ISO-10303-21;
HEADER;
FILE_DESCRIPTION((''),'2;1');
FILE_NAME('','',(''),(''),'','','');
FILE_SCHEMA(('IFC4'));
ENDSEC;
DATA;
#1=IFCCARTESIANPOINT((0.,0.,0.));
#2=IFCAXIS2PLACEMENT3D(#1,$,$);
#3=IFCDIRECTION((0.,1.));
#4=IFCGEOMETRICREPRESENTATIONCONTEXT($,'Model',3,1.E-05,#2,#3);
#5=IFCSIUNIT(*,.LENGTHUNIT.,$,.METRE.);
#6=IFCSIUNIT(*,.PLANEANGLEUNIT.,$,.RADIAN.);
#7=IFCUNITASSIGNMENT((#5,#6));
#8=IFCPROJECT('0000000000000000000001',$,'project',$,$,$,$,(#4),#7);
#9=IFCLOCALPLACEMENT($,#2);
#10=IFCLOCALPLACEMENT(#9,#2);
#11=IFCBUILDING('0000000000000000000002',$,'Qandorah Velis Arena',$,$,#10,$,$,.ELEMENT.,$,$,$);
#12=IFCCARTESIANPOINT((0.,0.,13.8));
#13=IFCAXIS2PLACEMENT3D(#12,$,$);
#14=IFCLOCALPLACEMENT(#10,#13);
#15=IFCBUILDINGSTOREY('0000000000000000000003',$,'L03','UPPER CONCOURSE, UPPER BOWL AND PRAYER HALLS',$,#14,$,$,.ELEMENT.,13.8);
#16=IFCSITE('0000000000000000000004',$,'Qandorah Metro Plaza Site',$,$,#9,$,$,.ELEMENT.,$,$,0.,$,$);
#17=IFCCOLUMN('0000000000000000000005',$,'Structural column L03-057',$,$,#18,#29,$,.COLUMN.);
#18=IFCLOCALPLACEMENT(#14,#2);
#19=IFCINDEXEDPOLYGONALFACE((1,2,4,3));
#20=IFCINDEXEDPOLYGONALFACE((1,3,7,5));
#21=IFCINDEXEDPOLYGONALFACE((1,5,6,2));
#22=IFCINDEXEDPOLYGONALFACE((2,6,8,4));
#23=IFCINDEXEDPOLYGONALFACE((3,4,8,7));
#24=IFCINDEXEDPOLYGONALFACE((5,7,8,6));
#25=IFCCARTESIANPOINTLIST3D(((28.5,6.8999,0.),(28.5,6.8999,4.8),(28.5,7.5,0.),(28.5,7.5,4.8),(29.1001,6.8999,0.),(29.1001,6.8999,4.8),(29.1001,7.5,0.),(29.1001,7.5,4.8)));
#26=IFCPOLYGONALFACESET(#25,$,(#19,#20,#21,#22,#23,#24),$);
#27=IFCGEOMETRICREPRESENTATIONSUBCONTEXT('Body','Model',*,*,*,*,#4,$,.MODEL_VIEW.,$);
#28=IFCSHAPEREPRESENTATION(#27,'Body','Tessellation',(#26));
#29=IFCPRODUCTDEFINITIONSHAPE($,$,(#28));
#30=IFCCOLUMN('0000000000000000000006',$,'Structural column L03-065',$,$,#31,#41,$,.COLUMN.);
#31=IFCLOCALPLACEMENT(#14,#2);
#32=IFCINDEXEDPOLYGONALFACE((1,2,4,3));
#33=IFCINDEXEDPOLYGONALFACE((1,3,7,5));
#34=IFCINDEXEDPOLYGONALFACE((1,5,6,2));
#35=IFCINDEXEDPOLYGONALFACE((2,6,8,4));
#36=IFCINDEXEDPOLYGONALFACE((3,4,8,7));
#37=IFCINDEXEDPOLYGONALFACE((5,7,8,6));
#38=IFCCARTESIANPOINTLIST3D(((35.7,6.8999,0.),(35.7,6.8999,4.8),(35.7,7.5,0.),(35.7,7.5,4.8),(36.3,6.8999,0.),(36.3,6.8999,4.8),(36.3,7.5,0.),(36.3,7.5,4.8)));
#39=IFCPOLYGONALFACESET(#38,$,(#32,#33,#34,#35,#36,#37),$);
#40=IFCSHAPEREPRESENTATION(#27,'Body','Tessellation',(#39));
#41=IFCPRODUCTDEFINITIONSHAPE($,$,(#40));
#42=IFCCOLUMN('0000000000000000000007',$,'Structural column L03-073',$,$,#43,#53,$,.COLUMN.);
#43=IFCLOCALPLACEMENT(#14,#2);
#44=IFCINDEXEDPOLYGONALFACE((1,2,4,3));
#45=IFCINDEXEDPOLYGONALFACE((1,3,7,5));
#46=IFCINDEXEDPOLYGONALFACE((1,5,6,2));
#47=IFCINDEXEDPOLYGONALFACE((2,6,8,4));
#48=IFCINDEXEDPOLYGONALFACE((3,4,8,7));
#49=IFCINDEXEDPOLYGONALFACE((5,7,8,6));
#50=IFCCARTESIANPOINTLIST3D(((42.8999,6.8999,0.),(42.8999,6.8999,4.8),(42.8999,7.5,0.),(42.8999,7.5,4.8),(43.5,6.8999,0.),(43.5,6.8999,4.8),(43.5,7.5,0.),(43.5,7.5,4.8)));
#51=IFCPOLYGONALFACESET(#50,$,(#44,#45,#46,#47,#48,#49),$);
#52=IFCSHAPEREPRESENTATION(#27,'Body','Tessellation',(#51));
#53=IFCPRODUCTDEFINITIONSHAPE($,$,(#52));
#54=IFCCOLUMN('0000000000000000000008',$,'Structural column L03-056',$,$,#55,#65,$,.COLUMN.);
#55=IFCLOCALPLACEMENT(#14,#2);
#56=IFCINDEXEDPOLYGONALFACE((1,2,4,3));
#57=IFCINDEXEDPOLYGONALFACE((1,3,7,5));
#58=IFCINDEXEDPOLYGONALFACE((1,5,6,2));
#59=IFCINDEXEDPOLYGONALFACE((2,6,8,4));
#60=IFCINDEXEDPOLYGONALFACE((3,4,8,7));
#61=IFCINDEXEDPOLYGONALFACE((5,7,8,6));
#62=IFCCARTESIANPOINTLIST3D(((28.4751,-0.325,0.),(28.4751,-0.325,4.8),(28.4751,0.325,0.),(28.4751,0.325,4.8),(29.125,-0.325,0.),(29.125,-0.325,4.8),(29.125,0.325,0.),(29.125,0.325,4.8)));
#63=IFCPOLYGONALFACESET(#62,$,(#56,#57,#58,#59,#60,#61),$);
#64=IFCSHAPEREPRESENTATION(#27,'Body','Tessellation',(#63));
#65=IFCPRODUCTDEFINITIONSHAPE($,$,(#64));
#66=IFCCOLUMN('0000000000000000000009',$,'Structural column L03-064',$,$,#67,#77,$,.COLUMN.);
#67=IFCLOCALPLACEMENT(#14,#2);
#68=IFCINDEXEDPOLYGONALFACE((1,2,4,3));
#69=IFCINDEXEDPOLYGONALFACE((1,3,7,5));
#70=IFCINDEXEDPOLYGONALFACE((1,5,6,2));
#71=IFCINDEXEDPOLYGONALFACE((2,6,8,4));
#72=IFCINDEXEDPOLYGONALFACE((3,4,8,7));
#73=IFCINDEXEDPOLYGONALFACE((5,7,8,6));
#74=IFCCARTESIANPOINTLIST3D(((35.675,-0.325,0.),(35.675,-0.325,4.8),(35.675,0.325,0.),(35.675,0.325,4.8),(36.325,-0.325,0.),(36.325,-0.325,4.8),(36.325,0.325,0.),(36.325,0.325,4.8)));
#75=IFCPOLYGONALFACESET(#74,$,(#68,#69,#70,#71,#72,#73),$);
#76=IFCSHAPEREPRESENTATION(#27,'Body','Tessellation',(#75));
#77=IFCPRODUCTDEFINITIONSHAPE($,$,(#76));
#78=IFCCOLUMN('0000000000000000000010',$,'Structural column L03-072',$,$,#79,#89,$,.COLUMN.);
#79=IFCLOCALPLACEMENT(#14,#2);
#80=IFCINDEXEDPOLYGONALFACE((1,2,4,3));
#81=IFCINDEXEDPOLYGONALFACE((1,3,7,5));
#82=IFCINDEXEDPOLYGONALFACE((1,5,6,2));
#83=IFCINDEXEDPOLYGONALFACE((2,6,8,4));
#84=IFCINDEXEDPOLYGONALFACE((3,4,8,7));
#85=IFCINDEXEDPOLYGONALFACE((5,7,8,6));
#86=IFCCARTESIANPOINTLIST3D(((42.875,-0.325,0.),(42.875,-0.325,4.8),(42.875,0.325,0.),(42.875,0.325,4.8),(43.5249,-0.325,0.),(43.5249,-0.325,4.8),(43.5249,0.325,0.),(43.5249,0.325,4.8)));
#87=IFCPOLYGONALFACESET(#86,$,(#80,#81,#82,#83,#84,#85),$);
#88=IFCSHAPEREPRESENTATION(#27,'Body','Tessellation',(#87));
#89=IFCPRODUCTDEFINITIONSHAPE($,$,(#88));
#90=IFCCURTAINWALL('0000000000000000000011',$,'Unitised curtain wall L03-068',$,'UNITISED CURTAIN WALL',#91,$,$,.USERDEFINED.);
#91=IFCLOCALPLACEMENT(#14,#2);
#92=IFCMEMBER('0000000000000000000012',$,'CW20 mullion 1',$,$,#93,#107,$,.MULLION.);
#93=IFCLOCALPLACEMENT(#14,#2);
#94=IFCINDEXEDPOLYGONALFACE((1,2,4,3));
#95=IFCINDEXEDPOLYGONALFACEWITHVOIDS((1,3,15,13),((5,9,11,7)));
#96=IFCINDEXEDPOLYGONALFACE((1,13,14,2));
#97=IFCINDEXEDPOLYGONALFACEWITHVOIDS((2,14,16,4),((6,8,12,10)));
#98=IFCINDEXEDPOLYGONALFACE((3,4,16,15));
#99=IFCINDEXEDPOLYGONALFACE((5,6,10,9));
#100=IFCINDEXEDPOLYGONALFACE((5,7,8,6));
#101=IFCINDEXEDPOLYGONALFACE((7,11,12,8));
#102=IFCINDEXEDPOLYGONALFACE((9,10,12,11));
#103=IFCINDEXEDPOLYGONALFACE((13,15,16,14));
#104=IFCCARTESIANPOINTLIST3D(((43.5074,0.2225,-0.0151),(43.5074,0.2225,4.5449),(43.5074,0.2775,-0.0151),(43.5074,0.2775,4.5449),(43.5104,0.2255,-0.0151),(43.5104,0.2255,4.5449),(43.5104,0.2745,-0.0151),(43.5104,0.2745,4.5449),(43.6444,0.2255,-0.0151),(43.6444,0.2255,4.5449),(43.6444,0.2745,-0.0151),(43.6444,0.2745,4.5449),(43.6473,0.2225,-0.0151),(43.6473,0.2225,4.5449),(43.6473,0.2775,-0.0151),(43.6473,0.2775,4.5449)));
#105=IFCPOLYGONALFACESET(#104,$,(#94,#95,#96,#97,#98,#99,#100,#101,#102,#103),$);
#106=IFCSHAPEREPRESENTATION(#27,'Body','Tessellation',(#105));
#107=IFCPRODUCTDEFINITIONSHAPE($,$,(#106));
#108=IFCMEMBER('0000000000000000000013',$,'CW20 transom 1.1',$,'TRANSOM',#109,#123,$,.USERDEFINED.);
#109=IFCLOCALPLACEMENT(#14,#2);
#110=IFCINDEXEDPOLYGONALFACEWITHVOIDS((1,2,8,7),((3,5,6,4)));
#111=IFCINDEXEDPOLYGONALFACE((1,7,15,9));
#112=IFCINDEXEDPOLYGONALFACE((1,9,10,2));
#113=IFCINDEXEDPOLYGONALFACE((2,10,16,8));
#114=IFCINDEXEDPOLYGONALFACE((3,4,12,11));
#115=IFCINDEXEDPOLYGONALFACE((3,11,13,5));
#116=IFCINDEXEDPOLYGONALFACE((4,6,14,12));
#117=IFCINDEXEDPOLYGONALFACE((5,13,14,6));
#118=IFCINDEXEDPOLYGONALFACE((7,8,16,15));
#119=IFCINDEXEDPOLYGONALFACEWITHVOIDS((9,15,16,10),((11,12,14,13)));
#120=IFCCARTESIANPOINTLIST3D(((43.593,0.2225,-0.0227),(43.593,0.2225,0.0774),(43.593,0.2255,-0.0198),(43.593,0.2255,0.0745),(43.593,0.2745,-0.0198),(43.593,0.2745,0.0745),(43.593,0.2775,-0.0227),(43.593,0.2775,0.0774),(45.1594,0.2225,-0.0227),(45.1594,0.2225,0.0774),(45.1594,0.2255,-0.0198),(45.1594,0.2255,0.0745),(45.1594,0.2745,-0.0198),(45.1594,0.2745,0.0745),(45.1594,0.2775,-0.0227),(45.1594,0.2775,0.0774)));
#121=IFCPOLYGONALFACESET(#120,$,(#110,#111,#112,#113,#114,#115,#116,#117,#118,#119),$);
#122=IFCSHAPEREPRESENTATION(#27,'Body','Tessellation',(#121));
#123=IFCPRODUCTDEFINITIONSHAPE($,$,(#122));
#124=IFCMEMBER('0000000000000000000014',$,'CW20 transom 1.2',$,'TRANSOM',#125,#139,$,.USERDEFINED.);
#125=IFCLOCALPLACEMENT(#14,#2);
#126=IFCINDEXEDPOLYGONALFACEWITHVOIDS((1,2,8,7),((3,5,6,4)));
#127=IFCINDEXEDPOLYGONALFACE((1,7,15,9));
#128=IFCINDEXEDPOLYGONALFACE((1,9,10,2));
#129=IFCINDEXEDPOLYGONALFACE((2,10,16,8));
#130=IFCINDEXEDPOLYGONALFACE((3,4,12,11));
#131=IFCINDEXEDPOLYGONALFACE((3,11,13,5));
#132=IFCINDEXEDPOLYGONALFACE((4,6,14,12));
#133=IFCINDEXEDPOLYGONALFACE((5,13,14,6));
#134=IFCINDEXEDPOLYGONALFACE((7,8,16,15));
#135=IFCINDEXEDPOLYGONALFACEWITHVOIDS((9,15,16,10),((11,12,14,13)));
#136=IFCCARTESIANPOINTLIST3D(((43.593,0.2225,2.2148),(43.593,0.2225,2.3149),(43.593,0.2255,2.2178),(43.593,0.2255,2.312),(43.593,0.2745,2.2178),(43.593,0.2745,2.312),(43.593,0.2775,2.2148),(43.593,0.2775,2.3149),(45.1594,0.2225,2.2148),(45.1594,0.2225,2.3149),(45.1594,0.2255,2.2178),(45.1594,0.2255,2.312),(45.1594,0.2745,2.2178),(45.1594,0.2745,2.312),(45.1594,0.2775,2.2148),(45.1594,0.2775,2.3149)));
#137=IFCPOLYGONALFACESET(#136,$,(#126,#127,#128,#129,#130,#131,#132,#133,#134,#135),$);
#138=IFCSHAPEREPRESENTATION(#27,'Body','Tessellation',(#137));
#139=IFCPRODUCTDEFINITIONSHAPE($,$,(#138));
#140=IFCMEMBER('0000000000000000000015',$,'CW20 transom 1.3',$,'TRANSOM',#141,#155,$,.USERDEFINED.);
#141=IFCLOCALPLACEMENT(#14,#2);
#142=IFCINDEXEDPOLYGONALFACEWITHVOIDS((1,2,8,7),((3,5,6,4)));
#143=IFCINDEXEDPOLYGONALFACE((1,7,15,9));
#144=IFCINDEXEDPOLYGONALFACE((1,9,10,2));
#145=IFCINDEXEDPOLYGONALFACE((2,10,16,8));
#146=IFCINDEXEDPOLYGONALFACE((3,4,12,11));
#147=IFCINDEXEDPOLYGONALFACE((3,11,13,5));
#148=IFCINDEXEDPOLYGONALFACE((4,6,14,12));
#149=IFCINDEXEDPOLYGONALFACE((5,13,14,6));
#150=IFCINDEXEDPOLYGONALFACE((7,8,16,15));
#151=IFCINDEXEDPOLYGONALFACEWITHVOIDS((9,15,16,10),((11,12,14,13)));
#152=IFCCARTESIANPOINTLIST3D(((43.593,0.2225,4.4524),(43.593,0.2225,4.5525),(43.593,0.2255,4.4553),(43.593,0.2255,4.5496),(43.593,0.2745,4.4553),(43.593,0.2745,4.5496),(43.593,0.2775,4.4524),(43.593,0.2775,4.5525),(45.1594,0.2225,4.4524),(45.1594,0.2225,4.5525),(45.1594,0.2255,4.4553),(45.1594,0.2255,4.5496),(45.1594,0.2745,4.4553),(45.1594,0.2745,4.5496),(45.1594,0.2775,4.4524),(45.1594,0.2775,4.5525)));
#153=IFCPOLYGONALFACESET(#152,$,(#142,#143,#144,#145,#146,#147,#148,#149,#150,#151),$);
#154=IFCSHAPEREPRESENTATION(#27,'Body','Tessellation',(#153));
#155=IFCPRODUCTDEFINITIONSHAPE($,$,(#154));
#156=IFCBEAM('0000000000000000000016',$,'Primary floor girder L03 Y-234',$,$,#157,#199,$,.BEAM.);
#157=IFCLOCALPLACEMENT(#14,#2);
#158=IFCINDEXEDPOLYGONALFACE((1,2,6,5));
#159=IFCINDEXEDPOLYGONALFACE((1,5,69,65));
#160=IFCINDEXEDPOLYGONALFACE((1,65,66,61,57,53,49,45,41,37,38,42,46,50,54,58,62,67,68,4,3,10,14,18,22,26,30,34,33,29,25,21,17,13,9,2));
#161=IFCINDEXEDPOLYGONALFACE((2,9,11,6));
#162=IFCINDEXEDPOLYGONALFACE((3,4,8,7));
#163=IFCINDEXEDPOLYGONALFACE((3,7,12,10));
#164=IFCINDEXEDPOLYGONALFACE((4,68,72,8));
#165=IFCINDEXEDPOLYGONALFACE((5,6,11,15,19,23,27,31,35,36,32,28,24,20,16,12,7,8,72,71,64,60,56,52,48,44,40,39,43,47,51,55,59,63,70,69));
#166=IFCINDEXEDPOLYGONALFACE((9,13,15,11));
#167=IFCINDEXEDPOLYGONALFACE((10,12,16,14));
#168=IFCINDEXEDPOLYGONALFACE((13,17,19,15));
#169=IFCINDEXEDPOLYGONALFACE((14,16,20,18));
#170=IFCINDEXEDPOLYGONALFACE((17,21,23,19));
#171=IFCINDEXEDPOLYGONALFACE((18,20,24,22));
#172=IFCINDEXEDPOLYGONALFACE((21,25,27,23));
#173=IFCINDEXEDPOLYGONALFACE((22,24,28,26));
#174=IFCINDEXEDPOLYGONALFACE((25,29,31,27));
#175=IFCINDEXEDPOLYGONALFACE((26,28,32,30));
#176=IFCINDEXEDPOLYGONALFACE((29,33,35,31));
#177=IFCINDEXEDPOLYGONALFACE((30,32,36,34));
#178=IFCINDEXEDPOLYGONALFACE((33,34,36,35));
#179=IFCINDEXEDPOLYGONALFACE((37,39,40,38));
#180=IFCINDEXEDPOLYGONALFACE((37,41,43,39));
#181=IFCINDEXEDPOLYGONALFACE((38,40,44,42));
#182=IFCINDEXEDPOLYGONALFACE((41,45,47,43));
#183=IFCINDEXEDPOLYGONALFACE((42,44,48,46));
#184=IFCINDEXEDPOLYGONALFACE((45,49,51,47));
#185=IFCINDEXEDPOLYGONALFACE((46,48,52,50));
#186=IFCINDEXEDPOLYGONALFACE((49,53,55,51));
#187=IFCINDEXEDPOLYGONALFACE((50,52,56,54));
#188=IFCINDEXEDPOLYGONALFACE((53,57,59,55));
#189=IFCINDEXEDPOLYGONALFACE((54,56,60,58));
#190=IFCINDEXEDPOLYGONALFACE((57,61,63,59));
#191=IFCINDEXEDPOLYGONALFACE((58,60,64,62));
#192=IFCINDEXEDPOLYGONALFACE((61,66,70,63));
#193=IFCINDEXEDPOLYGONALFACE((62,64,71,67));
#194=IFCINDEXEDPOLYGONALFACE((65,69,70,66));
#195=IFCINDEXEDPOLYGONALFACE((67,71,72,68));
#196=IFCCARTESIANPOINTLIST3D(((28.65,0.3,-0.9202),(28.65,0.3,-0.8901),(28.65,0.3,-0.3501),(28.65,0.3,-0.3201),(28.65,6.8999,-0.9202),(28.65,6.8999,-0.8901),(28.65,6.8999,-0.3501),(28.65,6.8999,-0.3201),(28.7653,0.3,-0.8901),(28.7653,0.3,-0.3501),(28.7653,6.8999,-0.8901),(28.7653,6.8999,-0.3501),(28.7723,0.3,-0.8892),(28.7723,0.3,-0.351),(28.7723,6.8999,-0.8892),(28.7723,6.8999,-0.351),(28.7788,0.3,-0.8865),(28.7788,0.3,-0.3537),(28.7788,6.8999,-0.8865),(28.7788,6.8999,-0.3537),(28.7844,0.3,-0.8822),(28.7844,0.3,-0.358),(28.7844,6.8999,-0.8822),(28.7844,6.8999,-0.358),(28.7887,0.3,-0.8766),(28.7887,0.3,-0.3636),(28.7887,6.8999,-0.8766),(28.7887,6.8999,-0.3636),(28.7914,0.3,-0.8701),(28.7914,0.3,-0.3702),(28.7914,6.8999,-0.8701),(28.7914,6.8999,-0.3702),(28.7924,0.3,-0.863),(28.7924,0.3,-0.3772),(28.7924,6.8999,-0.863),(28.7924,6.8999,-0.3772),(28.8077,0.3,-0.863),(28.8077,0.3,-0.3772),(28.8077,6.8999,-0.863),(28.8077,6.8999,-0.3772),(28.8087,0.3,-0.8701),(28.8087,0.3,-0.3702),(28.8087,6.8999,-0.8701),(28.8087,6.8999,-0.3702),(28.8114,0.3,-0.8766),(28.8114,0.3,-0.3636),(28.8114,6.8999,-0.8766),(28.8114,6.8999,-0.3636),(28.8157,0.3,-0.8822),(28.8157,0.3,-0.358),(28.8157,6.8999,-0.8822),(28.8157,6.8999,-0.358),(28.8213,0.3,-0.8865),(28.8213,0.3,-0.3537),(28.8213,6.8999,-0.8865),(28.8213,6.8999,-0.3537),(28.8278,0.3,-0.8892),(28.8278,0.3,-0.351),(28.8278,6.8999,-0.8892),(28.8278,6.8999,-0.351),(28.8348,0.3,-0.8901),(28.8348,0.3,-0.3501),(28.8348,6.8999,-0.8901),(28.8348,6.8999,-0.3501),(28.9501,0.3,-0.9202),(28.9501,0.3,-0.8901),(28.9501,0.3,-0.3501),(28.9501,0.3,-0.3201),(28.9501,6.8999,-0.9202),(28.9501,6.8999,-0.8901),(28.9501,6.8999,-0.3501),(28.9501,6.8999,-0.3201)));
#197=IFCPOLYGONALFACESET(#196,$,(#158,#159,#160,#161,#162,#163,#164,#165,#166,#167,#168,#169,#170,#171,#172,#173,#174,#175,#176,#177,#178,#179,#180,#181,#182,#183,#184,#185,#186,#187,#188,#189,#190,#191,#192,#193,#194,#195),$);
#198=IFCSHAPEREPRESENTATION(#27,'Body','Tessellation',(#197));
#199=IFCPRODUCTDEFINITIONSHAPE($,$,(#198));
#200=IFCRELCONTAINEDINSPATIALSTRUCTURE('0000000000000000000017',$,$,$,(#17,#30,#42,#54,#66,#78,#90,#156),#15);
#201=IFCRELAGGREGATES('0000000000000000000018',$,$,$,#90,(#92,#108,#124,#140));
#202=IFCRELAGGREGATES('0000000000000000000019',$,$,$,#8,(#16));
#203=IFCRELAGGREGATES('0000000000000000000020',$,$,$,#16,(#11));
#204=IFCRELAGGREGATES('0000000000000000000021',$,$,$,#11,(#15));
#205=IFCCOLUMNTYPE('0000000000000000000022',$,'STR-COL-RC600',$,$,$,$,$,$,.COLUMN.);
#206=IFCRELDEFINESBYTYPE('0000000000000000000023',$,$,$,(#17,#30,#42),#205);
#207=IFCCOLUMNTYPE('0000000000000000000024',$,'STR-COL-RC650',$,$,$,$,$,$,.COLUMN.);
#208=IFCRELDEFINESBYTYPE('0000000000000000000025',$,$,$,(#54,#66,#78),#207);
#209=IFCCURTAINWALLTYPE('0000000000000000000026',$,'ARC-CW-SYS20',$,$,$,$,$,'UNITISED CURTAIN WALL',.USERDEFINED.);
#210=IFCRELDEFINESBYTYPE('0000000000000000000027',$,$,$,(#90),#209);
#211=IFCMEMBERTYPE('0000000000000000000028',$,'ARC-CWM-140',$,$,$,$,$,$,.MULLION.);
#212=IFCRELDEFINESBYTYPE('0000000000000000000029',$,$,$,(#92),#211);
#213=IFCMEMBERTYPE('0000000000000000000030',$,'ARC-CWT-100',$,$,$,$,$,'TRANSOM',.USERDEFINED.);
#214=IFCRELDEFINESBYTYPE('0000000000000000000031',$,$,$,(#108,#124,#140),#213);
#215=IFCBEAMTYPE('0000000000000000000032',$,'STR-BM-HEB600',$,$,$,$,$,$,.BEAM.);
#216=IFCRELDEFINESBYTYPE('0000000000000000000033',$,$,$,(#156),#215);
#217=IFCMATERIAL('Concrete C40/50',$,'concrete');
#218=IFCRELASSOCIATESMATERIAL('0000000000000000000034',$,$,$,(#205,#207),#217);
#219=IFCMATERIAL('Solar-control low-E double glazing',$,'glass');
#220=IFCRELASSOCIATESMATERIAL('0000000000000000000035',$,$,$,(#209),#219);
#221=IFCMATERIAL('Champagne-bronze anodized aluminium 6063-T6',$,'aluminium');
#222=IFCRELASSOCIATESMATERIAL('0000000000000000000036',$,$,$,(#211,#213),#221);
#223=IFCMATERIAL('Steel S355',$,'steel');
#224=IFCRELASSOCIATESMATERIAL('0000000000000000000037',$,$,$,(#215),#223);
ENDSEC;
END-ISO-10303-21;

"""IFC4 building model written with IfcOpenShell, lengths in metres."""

from ifc_helpers import new_model, si_unit, direction, frame, origin, origin_2d, place, context, subcontext, project, spatial, rectangle, hollow_rectangle, i_section, extrude, material, material_profile, profile_set, type_object, element, aggregate, save


model = new_model("IFC4")

# Units and contexts
model_context = context("Model", 3, precision=1e-05, world=origin(), true_north=direction((0.0, 1.0)))
body_context = subcontext(model_context, "Body", "Model", "MODEL_VIEW")
ifc_project = project(units=[si_unit("LENGTHUNIT", "METRE"), si_unit("PLANEANGLEUNIT", "RADIAN")], contexts=[model_context])

# Site, building, storey
site_placement = place(None, origin())
site = spatial("IfcSite", under=ifc_project, at=site_placement, Name="Qandorah Metro Plaza Site", CompositionType="ELEMENT", RefElevation=0.0)
building_placement = place(site_placement, origin())
building = spatial("IfcBuilding", under=site, at=building_placement, Name="Qandorah Velis Arena", CompositionType="ELEMENT")
storey_placement = place(building_placement, frame((0.0, 0.0, 13.8)))
storey = spatial("IfcBuildingStorey", under=building, at=storey_placement, Name="L03", Description="UPPER CONCOURSE, UPPER BOWL AND PRAYER HALLS", CompositionType="ELEMENT", Elevation=13.8)

# Columns
ifc_material_1 = material(Name="Concrete C40/50", Category="concrete")
ifc_material_profile_1 = material_profile(ifc_material_1, rectangle(XDim=0.6001, YDim=0.6001, at=origin_2d()), Name="RC COL 600x600")
ifc_profile_set_1 = profile_set([ifc_material_profile_1], Name="Concrete C40/50")
column_type_1 = type_object("IfcColumnType", Name="STR-COL-RC600", PredefinedType="COLUMN", material=ifc_profile_set_1)
for number, where, z_axis, x_axis, name in (
    (1, (28.8, 7.2, 0.0), (0.0, 0.0, 1.0), (1.0, 0.0, 0.0), "Structural column L03-057"),
    (2, (36.0, 7.2, 0.0), (0.0, 0.0, 1.0), (1.0, 0.0, 0.0), "Structural column L03-065"),
    (3, (43.2, 7.2, 0.0), (0.0, 0.0, 1.0), (1.0, 0.0, 0.0), "Structural column L03-073"),
):
    element("IfcColumn", number, at=place(storey_placement, frame(where, z_axis=z_axis, x_axis=x_axis)), inside=storey, type_object=column_type_1, Name=name, PredefinedType="COLUMN", context=body_context, shape_type="SweptSolid", body=[
        extrude(rectangle(XDim=0.6001, YDim=0.6001, at=origin_2d()), origin(), (0.0, 0.0, 1.0), 4.8),
    ])
ifc_material_profile_2 = material_profile(ifc_material_1, rectangle(XDim=0.6499, YDim=0.6499, at=origin_2d()), Name="RC COL 650x650")
ifc_profile_set_2 = profile_set([ifc_material_profile_2], Name="Concrete C40/50")
column_type_2 = type_object("IfcColumnType", Name="STR-COL-RC650", PredefinedType="COLUMN", material=ifc_profile_set_2)
for number, where, z_axis, x_axis, name in (
    (4, (28.8, 0.0, 0.0), (0.0, 0.0, 1.0), (1.0, 0.0, 0.0), "Structural column L03-056"),
    (5, (36.0, 0.0, 0.0), (0.0, 0.0, 1.0), (1.0, 0.0, 0.0), "Structural column L03-064"),
    (6, (43.2, 0.0, 0.0), (0.0, 0.0, 1.0), (1.0, 0.0, 0.0), "Structural column L03-072"),
):
    element("IfcColumn", number, at=place(storey_placement, frame(where, z_axis=z_axis, x_axis=x_axis)), inside=storey, type_object=column_type_2, Name=name, PredefinedType="COLUMN", context=body_context, shape_type="SweptSolid", body=[
        extrude(rectangle(XDim=0.6499, YDim=0.6499, at=origin_2d()), origin(), (0.0, 0.0, 1.0), 4.8),
    ])

# Curtain wall, members
ifc_material_2 = material(Name="Solar-control low-E double glazing", Category="glass")
curtain_wall_type = type_object("IfcCurtainWallType", Name="ARC-CW-SYS20", ElementType="UNITISED CURTAIN WALL", PredefinedType="USERDEFINED", material=ifc_material_2)
curtain_wall_placement = place(storey_placement, origin())
curtain_wall = element("IfcCurtainWall", 7, at=curtain_wall_placement, inside=storey, type_object=curtain_wall_type, Name="Unitised curtain wall L03-068", ObjectType="UNITISED CURTAIN WALL", PredefinedType="USERDEFINED")
ifc_material_3 = material(Name="Champagne-bronze anodized aluminium 6063-T6", Category="aluminium")
ifc_material_profile_3 = material_profile(ifc_material_3, hollow_rectangle(XDim=0.0549, YDim=0.1399, WallThickness=0.0029, at=origin_2d()), Name="ALU MULLION 55x140")
ifc_profile_set_3 = profile_set([ifc_material_profile_3], Name="Champagne-bronze anodized aluminium 6063-T6")
member_type_1 = type_object("IfcMemberType", Name="ARC-CWM-140", PredefinedType="MULLION", material=ifc_profile_set_3)
member_1_placement = place(storey_placement, frame((43.5774, 0.25, -0.0151), z_axis=(0.0, 0.0, 1.0), x_axis=(0.0, 1.0, 0.0)))
member_1 = element("IfcMember", 8, at=member_1_placement, type_object=member_type_1, Name="CW20 mullion 1", PredefinedType="MULLION", context=body_context, shape_type="SweptSolid", body=[
    extrude(hollow_rectangle(XDim=0.0549, YDim=0.1399, WallThickness=0.0029, at=origin_2d()), origin(), (0.0, 0.0, 1.0), 4.5601),
])
ifc_material_profile_4 = material_profile(ifc_material_3, hollow_rectangle(XDim=0.0549, YDim=0.1001, WallThickness=0.0029, at=origin_2d()), Name="ALU TRANSOM 55x100")
ifc_profile_set_4 = profile_set([ifc_material_profile_4], Name="Champagne-bronze anodized aluminium 6063-T6")
member_type_2 = type_object("IfcMemberType", Name="ARC-CWT-100", ElementType="TRANSOM", PredefinedType="USERDEFINED", material=ifc_profile_set_4)
member_2_placement = place(storey_placement, frame((43.593, 0.25, 0.0273), z_axis=(1.0, 0.0, 0.0), x_axis=(0.0, 1.0, 0.0)))
member_2 = element("IfcMember", 9, at=member_2_placement, type_object=member_type_2, Name="CW20 transom 1.1", ObjectType="TRANSOM", PredefinedType="USERDEFINED", context=body_context, shape_type="SweptSolid", body=[
    extrude(hollow_rectangle(XDim=0.0549, YDim=0.1001, WallThickness=0.0029, at=origin_2d()), origin(), (0.0, 0.0, 1.0), 1.5664),
])
member_3_placement = place(storey_placement, frame((43.593, 0.25, 2.2649), z_axis=(1.0, 0.0, 0.0), x_axis=(0.0, 1.0, 0.0)))
member_3 = element("IfcMember", 10, at=member_3_placement, type_object=member_type_2, Name="CW20 transom 1.2", ObjectType="TRANSOM", PredefinedType="USERDEFINED", context=body_context, shape_type="SweptSolid", body=[
    extrude(hollow_rectangle(XDim=0.0549, YDim=0.1001, WallThickness=0.0029, at=origin_2d()), origin(), (0.0, 0.0, 1.0), 1.5664),
])
member_4_placement = place(storey_placement, frame((43.593, 0.25, 4.5024), z_axis=(1.0, 0.0, 0.0), x_axis=(0.0, 1.0, 0.0)))
member_4 = element("IfcMember", 11, at=member_4_placement, type_object=member_type_2, Name="CW20 transom 1.3", ObjectType="TRANSOM", PredefinedType="USERDEFINED", context=body_context, shape_type="SweptSolid", body=[
    extrude(hollow_rectangle(XDim=0.0549, YDim=0.1001, WallThickness=0.0029, at=origin_2d()), origin(), (0.0, 0.0, 1.0), 1.5664),
])

# Beam
ifc_material_4 = material(Name="Steel S355", Category="steel")
ifc_material_profile_5 = material_profile(ifc_material_4, i_section(OverallWidth=0.3, OverallDepth=0.6001, WebThickness=0.0154, FlangeThickness=0.03, FilletRadius=0.0271, at=origin_2d()), Name="HEB 600")
ifc_profile_set_5 = profile_set([ifc_material_profile_5], Name="Steel S355")
beam_type_1 = type_object("IfcBeamType", Name="STR-BM-HEB600", PredefinedType="BEAM", material=ifc_profile_set_5)
beam_1_placement = place(storey_placement, frame((28.8, 0.3, -0.6201), z_axis=(0.0, 1.0, 0.0), x_axis=(-1.0, 0.0, 0.0)))
element("IfcBeam", 12, at=beam_1_placement, inside=storey, type_object=beam_type_1, Name="Primary floor girder L03 Y-234", PredefinedType="BEAM", context=body_context, shape_type="SweptSolid", body=[
    extrude(i_section(OverallWidth=0.3, OverallDepth=0.6001, WebThickness=0.0154, FlangeThickness=0.03, FilletRadius=0.0271, at=origin_2d()), origin(), (0.0, 0.0, 1.0), 6.5999),
])

aggregate(curtain_wall, [member_1, member_2, member_3, member_4])

save(model, "model.ifc")
